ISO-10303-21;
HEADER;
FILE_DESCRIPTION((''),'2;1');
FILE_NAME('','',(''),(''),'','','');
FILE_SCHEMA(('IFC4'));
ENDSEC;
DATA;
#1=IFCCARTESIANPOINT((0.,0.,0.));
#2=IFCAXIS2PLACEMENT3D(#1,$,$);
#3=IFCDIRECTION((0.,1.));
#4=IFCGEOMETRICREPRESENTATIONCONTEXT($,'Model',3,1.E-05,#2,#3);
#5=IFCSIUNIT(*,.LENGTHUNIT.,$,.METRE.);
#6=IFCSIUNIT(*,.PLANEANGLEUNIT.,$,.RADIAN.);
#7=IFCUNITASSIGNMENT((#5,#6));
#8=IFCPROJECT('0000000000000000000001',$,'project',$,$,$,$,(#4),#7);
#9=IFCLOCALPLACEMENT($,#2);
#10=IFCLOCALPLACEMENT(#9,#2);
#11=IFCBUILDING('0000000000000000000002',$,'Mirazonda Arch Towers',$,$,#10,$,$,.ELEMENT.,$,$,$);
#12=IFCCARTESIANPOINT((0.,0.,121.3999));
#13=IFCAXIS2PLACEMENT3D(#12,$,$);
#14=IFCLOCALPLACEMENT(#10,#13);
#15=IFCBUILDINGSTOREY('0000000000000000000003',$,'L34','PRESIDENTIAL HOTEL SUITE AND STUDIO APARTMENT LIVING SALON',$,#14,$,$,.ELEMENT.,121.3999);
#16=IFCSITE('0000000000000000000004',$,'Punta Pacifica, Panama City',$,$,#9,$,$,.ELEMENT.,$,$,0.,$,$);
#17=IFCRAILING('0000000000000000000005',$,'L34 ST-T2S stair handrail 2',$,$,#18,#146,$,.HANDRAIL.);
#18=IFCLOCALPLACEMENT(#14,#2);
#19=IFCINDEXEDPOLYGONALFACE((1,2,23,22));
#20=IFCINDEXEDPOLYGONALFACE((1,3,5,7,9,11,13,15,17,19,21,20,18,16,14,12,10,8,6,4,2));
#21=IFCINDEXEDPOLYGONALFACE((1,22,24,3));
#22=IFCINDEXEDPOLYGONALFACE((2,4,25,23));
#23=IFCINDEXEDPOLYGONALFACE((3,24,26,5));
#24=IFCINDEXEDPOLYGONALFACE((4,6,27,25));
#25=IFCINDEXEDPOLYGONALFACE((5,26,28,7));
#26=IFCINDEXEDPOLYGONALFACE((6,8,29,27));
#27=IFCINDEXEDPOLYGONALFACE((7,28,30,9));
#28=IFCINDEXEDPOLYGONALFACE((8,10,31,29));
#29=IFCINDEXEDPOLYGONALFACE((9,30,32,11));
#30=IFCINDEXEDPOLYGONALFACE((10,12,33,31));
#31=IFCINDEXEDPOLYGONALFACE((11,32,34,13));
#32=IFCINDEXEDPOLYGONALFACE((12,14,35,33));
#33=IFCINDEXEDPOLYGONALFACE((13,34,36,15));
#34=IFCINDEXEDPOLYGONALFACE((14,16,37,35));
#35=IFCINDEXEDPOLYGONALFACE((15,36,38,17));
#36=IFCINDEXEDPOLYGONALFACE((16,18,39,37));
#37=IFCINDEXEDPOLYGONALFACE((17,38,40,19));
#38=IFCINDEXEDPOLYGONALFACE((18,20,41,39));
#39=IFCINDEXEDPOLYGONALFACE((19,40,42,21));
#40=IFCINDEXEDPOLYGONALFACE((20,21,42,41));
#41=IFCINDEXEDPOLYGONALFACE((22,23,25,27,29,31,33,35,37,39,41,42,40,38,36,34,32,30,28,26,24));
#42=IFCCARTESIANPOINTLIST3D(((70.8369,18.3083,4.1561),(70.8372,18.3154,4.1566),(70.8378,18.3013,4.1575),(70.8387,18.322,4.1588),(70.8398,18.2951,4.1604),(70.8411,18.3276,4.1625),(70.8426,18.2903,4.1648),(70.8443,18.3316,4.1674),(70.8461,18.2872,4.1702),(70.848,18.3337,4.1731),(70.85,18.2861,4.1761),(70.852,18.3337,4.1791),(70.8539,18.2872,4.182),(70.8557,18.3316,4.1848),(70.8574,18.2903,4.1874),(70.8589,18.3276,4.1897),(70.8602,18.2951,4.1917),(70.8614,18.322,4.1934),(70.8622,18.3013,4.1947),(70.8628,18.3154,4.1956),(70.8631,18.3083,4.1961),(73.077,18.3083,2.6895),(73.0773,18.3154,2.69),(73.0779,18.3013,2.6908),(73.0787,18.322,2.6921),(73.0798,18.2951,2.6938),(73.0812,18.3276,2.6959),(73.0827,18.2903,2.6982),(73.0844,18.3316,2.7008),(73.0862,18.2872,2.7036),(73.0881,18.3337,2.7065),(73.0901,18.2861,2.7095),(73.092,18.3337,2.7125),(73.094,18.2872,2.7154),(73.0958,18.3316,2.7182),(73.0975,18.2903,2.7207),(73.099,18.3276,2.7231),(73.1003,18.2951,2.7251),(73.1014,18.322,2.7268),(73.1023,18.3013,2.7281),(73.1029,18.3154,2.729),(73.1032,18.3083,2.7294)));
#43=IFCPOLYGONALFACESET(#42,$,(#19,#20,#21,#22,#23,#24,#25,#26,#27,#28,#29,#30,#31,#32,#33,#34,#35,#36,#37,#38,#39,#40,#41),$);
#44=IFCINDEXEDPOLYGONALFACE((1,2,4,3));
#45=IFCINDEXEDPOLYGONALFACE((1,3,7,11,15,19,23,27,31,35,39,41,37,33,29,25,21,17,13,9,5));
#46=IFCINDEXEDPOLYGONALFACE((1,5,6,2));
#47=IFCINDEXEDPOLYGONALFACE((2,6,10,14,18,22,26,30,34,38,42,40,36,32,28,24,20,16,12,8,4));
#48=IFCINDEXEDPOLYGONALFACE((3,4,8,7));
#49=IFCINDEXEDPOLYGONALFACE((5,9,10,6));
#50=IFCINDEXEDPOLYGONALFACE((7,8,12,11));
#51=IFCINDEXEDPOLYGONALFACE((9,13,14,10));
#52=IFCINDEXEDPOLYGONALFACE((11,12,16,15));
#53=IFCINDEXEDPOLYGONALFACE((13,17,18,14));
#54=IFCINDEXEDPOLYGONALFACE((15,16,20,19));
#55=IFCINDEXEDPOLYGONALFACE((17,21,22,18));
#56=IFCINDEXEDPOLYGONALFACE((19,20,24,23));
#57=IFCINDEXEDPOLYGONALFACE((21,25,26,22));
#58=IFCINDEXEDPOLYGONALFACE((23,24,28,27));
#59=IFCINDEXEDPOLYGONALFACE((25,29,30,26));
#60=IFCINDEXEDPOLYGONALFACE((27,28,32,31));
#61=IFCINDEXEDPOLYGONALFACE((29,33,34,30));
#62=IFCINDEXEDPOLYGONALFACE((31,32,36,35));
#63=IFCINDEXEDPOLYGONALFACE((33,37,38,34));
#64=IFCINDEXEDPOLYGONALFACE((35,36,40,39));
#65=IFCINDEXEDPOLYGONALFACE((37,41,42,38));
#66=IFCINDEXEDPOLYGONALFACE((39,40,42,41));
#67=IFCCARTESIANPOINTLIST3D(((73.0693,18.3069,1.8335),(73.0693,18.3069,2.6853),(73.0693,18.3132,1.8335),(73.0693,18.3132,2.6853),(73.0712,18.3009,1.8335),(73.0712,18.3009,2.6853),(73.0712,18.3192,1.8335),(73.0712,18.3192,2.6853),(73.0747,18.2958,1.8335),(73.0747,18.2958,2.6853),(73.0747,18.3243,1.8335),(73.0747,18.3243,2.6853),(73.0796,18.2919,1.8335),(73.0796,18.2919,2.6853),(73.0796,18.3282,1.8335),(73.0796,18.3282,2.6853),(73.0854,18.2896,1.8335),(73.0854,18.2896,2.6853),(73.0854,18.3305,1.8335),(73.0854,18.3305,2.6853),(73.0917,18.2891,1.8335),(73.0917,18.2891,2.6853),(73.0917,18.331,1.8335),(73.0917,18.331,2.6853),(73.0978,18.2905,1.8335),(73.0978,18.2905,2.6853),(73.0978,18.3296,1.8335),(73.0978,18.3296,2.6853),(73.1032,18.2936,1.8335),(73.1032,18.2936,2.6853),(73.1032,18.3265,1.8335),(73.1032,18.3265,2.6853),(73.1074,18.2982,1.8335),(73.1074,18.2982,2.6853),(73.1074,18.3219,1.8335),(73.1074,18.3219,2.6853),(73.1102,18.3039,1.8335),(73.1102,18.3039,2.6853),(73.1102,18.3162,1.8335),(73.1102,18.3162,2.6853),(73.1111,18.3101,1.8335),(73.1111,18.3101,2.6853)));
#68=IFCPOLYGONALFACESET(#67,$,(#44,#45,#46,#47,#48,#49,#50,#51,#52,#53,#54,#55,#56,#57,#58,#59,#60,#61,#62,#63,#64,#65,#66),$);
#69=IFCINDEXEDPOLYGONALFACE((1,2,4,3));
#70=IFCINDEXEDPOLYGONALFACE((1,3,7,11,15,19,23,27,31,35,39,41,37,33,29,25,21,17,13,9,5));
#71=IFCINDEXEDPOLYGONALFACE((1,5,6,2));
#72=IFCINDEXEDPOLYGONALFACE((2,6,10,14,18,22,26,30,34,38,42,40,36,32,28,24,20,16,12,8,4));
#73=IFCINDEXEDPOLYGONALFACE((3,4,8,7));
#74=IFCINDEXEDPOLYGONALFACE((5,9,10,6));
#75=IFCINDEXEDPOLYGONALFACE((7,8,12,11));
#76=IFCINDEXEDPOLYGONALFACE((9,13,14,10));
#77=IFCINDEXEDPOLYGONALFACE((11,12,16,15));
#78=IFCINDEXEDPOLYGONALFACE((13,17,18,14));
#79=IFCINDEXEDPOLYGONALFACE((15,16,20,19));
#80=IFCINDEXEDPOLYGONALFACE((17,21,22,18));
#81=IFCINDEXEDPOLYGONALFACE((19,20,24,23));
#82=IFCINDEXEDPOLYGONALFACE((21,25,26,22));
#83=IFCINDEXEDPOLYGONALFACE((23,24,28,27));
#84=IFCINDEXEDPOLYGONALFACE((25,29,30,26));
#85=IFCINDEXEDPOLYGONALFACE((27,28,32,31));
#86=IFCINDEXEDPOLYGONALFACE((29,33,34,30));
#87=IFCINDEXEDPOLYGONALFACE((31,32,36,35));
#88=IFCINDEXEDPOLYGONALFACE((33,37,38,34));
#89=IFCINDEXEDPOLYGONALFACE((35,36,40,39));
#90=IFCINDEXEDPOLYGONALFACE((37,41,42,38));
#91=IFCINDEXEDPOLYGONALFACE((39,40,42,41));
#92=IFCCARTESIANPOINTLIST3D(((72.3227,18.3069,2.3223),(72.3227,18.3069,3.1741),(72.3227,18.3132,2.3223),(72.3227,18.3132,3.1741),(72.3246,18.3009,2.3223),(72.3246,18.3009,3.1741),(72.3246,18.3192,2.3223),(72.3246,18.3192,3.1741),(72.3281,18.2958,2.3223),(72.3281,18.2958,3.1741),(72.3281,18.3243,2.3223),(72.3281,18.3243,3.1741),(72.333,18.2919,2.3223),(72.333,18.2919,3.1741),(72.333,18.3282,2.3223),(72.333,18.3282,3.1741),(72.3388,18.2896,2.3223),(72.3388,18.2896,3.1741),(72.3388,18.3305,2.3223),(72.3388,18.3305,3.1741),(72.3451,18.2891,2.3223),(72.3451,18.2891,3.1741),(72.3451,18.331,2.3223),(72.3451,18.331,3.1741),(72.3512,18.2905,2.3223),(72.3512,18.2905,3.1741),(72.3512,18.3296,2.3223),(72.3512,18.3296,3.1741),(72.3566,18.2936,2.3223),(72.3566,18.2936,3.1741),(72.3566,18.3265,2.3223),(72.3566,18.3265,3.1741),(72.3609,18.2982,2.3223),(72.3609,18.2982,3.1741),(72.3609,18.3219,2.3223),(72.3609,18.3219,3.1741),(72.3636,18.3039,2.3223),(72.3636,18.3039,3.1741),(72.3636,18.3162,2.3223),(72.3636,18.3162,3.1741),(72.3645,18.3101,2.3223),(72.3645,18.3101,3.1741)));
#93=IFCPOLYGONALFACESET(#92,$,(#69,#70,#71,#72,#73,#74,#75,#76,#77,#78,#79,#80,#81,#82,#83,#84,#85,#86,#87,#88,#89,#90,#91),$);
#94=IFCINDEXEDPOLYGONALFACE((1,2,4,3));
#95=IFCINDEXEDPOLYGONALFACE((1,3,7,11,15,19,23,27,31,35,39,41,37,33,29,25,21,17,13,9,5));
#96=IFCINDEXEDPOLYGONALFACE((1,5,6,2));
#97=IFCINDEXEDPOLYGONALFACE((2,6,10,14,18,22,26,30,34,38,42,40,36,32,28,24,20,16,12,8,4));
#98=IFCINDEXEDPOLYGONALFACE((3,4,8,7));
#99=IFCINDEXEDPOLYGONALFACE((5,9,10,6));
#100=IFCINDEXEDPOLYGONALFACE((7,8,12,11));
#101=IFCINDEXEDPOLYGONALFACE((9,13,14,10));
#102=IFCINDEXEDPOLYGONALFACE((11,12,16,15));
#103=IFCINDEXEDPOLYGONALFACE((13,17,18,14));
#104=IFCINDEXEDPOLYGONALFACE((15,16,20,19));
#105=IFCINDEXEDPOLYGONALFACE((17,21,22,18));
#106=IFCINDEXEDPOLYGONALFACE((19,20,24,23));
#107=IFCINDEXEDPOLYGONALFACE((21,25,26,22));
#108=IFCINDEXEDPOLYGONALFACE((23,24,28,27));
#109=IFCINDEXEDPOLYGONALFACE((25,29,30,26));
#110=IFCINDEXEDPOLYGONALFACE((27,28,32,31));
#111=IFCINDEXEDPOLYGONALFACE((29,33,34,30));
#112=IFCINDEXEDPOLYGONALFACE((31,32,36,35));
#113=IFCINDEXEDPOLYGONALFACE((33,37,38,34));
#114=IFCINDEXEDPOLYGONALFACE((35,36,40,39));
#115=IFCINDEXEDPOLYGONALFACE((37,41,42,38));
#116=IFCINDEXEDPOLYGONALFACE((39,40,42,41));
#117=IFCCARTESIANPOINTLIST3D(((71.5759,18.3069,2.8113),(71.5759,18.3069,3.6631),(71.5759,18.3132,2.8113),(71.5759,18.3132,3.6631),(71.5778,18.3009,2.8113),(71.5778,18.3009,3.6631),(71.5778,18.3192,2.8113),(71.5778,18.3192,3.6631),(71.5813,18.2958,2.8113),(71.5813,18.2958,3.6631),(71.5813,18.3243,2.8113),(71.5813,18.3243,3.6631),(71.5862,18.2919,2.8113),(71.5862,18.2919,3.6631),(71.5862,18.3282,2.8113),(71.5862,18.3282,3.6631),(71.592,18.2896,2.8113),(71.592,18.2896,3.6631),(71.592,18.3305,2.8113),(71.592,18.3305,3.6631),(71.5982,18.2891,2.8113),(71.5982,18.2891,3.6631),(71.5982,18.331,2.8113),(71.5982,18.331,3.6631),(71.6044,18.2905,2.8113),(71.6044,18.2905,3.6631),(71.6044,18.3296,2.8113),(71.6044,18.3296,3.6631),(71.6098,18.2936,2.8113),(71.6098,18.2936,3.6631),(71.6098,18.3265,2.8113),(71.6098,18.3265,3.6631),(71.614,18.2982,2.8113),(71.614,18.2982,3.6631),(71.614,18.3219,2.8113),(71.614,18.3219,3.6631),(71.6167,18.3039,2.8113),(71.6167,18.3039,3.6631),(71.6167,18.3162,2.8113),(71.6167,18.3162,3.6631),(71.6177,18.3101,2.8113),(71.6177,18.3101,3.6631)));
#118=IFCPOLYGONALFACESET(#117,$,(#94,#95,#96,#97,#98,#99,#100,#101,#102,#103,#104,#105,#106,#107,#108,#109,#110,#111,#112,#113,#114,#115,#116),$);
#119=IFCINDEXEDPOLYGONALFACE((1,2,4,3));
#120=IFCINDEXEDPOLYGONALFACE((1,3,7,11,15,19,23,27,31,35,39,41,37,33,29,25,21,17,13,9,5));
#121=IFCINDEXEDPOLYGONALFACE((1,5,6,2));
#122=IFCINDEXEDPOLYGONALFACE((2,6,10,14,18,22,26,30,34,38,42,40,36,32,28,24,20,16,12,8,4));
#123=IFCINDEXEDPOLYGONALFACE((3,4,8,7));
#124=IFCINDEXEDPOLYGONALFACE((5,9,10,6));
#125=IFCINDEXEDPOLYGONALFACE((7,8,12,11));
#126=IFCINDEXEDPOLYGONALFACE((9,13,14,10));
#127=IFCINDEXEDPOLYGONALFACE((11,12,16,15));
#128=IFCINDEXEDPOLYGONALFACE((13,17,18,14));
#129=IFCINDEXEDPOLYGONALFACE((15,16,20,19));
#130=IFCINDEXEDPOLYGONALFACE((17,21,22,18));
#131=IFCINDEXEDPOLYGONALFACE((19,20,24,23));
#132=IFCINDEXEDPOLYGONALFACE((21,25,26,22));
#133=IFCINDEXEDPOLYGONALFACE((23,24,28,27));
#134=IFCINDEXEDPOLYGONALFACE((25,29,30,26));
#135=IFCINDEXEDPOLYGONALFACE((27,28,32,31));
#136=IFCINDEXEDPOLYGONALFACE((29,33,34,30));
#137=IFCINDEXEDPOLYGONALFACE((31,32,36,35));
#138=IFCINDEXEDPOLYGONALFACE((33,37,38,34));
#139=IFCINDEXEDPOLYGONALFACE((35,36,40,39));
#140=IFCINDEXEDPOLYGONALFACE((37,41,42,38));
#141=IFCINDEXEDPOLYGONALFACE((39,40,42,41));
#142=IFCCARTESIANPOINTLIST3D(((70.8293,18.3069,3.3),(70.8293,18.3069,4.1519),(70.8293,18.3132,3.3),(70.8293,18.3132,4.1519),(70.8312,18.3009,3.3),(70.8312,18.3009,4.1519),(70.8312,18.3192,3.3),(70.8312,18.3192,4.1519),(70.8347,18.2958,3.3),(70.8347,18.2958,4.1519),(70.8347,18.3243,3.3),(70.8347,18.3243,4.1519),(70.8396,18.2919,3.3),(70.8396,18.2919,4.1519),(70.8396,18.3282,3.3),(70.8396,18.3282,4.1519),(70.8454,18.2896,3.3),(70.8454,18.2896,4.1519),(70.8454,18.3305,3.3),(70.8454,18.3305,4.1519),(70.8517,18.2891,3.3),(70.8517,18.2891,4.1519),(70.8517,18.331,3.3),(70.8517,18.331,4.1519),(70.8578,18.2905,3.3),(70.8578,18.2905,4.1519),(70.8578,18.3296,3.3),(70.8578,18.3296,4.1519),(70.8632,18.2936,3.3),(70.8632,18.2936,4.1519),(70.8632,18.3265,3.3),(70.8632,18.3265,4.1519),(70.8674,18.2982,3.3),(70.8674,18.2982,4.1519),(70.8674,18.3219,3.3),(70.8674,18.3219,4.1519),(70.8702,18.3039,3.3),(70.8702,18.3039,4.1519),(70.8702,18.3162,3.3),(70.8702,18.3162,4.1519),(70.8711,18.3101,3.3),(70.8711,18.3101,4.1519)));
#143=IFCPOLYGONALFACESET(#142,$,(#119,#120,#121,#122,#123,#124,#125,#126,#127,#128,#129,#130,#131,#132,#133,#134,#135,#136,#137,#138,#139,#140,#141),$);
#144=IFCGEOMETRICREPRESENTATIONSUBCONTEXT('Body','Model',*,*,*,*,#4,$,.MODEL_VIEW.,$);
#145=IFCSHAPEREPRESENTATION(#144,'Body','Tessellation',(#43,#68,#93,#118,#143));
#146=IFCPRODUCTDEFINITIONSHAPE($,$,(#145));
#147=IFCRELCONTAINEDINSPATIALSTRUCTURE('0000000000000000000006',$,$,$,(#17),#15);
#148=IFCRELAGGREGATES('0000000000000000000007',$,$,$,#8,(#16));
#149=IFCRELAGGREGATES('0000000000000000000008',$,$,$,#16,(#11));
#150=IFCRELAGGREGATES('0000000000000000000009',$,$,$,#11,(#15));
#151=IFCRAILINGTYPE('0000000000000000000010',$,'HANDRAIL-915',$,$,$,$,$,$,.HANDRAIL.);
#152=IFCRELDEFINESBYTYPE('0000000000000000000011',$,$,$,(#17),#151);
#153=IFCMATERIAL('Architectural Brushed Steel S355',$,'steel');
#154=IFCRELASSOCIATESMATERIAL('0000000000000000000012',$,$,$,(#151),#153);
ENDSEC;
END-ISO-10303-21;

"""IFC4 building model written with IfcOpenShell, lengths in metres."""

from ifc_helpers import new_model, si_unit, direction, frame, origin, origin_2d, place, context, subcontext, project, spatial, circle, extrude, material, type_object, element, save


model = new_model("IFC4")

# Units and contexts
model_context = context("Model", 3, precision=1e-05, world=origin(), true_north=direction((0.0, 1.0)))
body_context = subcontext(model_context, "Body", "Model", "MODEL_VIEW")
ifc_project = project(units=[si_unit("LENGTHUNIT", "METRE"), si_unit("PLANEANGLEUNIT", "RADIAN")], contexts=[model_context])

# Site, building, storey
site_placement = place(None, origin())
site = spatial("IfcSite", under=ifc_project, at=site_placement, Name="Punta Pacifica, Panama City", CompositionType="ELEMENT", RefElevation=0.0)
building_placement = place(site_placement, origin())
building = spatial("IfcBuilding", under=site, at=building_placement, Name="Mirazonda Arch Towers", CompositionType="ELEMENT")
storey_placement = place(building_placement, frame((0.0, 0.0, 121.3999)))
storey = spatial("IfcBuildingStorey", under=building, at=storey_placement, Name="L34", Description="PRESIDENTIAL HOTEL SUITE AND STUDIO APARTMENT LIVING SALON", CompositionType="ELEMENT", Elevation=121.3999)

# Railing
ifc_material_1 = material(Name="Architectural Brushed Steel S355", Category="steel")
railing_type_1 = type_object("IfcRailingType", Name="HANDRAIL-915", PredefinedType="HANDRAIL", material=ifc_material_1)
railing_1_placement = place(storey_placement, frame((73.0901, 18.3101, 1.8335)))
element("IfcRailing", 1, at=railing_1_placement, inside=storey, type_object=railing_type_1, Name="L34 ST-T2S stair handrail 2", PredefinedType="HANDRAIL", context=body_context, shape_type="SweptSolid", body=[
    extrude(circle(Radius=0.0239, at=origin_2d()), frame((0.0, 0.0, 0.876), z_axis=(-0.836637, 0.0, 0.547758), x_axis=(0.0, -1.0, 0.0)), (0.0, 0.0, 1.0), 2.6775),
    extrude(circle(Radius=0.021, at=origin_2d()), origin(), (0.0, 0.0, 1.0), 0.8518),
    extrude(circle(Radius=0.021, at=origin_2d()), frame((-0.7466, 0.0, 0.4888)), (0.0, 0.0, 1.0), 0.8518),
    extrude(circle(Radius=0.021, at=origin_2d()), frame((-1.4934, 0.0, 0.9778)), (0.0, 0.0, 1.0), 0.8518),
    extrude(circle(Radius=0.021, at=origin_2d()), frame((-2.24, 0.0, 1.4666)), (0.0, 0.0, 1.0), 0.8518),
])

save(model, "model.ifc")
